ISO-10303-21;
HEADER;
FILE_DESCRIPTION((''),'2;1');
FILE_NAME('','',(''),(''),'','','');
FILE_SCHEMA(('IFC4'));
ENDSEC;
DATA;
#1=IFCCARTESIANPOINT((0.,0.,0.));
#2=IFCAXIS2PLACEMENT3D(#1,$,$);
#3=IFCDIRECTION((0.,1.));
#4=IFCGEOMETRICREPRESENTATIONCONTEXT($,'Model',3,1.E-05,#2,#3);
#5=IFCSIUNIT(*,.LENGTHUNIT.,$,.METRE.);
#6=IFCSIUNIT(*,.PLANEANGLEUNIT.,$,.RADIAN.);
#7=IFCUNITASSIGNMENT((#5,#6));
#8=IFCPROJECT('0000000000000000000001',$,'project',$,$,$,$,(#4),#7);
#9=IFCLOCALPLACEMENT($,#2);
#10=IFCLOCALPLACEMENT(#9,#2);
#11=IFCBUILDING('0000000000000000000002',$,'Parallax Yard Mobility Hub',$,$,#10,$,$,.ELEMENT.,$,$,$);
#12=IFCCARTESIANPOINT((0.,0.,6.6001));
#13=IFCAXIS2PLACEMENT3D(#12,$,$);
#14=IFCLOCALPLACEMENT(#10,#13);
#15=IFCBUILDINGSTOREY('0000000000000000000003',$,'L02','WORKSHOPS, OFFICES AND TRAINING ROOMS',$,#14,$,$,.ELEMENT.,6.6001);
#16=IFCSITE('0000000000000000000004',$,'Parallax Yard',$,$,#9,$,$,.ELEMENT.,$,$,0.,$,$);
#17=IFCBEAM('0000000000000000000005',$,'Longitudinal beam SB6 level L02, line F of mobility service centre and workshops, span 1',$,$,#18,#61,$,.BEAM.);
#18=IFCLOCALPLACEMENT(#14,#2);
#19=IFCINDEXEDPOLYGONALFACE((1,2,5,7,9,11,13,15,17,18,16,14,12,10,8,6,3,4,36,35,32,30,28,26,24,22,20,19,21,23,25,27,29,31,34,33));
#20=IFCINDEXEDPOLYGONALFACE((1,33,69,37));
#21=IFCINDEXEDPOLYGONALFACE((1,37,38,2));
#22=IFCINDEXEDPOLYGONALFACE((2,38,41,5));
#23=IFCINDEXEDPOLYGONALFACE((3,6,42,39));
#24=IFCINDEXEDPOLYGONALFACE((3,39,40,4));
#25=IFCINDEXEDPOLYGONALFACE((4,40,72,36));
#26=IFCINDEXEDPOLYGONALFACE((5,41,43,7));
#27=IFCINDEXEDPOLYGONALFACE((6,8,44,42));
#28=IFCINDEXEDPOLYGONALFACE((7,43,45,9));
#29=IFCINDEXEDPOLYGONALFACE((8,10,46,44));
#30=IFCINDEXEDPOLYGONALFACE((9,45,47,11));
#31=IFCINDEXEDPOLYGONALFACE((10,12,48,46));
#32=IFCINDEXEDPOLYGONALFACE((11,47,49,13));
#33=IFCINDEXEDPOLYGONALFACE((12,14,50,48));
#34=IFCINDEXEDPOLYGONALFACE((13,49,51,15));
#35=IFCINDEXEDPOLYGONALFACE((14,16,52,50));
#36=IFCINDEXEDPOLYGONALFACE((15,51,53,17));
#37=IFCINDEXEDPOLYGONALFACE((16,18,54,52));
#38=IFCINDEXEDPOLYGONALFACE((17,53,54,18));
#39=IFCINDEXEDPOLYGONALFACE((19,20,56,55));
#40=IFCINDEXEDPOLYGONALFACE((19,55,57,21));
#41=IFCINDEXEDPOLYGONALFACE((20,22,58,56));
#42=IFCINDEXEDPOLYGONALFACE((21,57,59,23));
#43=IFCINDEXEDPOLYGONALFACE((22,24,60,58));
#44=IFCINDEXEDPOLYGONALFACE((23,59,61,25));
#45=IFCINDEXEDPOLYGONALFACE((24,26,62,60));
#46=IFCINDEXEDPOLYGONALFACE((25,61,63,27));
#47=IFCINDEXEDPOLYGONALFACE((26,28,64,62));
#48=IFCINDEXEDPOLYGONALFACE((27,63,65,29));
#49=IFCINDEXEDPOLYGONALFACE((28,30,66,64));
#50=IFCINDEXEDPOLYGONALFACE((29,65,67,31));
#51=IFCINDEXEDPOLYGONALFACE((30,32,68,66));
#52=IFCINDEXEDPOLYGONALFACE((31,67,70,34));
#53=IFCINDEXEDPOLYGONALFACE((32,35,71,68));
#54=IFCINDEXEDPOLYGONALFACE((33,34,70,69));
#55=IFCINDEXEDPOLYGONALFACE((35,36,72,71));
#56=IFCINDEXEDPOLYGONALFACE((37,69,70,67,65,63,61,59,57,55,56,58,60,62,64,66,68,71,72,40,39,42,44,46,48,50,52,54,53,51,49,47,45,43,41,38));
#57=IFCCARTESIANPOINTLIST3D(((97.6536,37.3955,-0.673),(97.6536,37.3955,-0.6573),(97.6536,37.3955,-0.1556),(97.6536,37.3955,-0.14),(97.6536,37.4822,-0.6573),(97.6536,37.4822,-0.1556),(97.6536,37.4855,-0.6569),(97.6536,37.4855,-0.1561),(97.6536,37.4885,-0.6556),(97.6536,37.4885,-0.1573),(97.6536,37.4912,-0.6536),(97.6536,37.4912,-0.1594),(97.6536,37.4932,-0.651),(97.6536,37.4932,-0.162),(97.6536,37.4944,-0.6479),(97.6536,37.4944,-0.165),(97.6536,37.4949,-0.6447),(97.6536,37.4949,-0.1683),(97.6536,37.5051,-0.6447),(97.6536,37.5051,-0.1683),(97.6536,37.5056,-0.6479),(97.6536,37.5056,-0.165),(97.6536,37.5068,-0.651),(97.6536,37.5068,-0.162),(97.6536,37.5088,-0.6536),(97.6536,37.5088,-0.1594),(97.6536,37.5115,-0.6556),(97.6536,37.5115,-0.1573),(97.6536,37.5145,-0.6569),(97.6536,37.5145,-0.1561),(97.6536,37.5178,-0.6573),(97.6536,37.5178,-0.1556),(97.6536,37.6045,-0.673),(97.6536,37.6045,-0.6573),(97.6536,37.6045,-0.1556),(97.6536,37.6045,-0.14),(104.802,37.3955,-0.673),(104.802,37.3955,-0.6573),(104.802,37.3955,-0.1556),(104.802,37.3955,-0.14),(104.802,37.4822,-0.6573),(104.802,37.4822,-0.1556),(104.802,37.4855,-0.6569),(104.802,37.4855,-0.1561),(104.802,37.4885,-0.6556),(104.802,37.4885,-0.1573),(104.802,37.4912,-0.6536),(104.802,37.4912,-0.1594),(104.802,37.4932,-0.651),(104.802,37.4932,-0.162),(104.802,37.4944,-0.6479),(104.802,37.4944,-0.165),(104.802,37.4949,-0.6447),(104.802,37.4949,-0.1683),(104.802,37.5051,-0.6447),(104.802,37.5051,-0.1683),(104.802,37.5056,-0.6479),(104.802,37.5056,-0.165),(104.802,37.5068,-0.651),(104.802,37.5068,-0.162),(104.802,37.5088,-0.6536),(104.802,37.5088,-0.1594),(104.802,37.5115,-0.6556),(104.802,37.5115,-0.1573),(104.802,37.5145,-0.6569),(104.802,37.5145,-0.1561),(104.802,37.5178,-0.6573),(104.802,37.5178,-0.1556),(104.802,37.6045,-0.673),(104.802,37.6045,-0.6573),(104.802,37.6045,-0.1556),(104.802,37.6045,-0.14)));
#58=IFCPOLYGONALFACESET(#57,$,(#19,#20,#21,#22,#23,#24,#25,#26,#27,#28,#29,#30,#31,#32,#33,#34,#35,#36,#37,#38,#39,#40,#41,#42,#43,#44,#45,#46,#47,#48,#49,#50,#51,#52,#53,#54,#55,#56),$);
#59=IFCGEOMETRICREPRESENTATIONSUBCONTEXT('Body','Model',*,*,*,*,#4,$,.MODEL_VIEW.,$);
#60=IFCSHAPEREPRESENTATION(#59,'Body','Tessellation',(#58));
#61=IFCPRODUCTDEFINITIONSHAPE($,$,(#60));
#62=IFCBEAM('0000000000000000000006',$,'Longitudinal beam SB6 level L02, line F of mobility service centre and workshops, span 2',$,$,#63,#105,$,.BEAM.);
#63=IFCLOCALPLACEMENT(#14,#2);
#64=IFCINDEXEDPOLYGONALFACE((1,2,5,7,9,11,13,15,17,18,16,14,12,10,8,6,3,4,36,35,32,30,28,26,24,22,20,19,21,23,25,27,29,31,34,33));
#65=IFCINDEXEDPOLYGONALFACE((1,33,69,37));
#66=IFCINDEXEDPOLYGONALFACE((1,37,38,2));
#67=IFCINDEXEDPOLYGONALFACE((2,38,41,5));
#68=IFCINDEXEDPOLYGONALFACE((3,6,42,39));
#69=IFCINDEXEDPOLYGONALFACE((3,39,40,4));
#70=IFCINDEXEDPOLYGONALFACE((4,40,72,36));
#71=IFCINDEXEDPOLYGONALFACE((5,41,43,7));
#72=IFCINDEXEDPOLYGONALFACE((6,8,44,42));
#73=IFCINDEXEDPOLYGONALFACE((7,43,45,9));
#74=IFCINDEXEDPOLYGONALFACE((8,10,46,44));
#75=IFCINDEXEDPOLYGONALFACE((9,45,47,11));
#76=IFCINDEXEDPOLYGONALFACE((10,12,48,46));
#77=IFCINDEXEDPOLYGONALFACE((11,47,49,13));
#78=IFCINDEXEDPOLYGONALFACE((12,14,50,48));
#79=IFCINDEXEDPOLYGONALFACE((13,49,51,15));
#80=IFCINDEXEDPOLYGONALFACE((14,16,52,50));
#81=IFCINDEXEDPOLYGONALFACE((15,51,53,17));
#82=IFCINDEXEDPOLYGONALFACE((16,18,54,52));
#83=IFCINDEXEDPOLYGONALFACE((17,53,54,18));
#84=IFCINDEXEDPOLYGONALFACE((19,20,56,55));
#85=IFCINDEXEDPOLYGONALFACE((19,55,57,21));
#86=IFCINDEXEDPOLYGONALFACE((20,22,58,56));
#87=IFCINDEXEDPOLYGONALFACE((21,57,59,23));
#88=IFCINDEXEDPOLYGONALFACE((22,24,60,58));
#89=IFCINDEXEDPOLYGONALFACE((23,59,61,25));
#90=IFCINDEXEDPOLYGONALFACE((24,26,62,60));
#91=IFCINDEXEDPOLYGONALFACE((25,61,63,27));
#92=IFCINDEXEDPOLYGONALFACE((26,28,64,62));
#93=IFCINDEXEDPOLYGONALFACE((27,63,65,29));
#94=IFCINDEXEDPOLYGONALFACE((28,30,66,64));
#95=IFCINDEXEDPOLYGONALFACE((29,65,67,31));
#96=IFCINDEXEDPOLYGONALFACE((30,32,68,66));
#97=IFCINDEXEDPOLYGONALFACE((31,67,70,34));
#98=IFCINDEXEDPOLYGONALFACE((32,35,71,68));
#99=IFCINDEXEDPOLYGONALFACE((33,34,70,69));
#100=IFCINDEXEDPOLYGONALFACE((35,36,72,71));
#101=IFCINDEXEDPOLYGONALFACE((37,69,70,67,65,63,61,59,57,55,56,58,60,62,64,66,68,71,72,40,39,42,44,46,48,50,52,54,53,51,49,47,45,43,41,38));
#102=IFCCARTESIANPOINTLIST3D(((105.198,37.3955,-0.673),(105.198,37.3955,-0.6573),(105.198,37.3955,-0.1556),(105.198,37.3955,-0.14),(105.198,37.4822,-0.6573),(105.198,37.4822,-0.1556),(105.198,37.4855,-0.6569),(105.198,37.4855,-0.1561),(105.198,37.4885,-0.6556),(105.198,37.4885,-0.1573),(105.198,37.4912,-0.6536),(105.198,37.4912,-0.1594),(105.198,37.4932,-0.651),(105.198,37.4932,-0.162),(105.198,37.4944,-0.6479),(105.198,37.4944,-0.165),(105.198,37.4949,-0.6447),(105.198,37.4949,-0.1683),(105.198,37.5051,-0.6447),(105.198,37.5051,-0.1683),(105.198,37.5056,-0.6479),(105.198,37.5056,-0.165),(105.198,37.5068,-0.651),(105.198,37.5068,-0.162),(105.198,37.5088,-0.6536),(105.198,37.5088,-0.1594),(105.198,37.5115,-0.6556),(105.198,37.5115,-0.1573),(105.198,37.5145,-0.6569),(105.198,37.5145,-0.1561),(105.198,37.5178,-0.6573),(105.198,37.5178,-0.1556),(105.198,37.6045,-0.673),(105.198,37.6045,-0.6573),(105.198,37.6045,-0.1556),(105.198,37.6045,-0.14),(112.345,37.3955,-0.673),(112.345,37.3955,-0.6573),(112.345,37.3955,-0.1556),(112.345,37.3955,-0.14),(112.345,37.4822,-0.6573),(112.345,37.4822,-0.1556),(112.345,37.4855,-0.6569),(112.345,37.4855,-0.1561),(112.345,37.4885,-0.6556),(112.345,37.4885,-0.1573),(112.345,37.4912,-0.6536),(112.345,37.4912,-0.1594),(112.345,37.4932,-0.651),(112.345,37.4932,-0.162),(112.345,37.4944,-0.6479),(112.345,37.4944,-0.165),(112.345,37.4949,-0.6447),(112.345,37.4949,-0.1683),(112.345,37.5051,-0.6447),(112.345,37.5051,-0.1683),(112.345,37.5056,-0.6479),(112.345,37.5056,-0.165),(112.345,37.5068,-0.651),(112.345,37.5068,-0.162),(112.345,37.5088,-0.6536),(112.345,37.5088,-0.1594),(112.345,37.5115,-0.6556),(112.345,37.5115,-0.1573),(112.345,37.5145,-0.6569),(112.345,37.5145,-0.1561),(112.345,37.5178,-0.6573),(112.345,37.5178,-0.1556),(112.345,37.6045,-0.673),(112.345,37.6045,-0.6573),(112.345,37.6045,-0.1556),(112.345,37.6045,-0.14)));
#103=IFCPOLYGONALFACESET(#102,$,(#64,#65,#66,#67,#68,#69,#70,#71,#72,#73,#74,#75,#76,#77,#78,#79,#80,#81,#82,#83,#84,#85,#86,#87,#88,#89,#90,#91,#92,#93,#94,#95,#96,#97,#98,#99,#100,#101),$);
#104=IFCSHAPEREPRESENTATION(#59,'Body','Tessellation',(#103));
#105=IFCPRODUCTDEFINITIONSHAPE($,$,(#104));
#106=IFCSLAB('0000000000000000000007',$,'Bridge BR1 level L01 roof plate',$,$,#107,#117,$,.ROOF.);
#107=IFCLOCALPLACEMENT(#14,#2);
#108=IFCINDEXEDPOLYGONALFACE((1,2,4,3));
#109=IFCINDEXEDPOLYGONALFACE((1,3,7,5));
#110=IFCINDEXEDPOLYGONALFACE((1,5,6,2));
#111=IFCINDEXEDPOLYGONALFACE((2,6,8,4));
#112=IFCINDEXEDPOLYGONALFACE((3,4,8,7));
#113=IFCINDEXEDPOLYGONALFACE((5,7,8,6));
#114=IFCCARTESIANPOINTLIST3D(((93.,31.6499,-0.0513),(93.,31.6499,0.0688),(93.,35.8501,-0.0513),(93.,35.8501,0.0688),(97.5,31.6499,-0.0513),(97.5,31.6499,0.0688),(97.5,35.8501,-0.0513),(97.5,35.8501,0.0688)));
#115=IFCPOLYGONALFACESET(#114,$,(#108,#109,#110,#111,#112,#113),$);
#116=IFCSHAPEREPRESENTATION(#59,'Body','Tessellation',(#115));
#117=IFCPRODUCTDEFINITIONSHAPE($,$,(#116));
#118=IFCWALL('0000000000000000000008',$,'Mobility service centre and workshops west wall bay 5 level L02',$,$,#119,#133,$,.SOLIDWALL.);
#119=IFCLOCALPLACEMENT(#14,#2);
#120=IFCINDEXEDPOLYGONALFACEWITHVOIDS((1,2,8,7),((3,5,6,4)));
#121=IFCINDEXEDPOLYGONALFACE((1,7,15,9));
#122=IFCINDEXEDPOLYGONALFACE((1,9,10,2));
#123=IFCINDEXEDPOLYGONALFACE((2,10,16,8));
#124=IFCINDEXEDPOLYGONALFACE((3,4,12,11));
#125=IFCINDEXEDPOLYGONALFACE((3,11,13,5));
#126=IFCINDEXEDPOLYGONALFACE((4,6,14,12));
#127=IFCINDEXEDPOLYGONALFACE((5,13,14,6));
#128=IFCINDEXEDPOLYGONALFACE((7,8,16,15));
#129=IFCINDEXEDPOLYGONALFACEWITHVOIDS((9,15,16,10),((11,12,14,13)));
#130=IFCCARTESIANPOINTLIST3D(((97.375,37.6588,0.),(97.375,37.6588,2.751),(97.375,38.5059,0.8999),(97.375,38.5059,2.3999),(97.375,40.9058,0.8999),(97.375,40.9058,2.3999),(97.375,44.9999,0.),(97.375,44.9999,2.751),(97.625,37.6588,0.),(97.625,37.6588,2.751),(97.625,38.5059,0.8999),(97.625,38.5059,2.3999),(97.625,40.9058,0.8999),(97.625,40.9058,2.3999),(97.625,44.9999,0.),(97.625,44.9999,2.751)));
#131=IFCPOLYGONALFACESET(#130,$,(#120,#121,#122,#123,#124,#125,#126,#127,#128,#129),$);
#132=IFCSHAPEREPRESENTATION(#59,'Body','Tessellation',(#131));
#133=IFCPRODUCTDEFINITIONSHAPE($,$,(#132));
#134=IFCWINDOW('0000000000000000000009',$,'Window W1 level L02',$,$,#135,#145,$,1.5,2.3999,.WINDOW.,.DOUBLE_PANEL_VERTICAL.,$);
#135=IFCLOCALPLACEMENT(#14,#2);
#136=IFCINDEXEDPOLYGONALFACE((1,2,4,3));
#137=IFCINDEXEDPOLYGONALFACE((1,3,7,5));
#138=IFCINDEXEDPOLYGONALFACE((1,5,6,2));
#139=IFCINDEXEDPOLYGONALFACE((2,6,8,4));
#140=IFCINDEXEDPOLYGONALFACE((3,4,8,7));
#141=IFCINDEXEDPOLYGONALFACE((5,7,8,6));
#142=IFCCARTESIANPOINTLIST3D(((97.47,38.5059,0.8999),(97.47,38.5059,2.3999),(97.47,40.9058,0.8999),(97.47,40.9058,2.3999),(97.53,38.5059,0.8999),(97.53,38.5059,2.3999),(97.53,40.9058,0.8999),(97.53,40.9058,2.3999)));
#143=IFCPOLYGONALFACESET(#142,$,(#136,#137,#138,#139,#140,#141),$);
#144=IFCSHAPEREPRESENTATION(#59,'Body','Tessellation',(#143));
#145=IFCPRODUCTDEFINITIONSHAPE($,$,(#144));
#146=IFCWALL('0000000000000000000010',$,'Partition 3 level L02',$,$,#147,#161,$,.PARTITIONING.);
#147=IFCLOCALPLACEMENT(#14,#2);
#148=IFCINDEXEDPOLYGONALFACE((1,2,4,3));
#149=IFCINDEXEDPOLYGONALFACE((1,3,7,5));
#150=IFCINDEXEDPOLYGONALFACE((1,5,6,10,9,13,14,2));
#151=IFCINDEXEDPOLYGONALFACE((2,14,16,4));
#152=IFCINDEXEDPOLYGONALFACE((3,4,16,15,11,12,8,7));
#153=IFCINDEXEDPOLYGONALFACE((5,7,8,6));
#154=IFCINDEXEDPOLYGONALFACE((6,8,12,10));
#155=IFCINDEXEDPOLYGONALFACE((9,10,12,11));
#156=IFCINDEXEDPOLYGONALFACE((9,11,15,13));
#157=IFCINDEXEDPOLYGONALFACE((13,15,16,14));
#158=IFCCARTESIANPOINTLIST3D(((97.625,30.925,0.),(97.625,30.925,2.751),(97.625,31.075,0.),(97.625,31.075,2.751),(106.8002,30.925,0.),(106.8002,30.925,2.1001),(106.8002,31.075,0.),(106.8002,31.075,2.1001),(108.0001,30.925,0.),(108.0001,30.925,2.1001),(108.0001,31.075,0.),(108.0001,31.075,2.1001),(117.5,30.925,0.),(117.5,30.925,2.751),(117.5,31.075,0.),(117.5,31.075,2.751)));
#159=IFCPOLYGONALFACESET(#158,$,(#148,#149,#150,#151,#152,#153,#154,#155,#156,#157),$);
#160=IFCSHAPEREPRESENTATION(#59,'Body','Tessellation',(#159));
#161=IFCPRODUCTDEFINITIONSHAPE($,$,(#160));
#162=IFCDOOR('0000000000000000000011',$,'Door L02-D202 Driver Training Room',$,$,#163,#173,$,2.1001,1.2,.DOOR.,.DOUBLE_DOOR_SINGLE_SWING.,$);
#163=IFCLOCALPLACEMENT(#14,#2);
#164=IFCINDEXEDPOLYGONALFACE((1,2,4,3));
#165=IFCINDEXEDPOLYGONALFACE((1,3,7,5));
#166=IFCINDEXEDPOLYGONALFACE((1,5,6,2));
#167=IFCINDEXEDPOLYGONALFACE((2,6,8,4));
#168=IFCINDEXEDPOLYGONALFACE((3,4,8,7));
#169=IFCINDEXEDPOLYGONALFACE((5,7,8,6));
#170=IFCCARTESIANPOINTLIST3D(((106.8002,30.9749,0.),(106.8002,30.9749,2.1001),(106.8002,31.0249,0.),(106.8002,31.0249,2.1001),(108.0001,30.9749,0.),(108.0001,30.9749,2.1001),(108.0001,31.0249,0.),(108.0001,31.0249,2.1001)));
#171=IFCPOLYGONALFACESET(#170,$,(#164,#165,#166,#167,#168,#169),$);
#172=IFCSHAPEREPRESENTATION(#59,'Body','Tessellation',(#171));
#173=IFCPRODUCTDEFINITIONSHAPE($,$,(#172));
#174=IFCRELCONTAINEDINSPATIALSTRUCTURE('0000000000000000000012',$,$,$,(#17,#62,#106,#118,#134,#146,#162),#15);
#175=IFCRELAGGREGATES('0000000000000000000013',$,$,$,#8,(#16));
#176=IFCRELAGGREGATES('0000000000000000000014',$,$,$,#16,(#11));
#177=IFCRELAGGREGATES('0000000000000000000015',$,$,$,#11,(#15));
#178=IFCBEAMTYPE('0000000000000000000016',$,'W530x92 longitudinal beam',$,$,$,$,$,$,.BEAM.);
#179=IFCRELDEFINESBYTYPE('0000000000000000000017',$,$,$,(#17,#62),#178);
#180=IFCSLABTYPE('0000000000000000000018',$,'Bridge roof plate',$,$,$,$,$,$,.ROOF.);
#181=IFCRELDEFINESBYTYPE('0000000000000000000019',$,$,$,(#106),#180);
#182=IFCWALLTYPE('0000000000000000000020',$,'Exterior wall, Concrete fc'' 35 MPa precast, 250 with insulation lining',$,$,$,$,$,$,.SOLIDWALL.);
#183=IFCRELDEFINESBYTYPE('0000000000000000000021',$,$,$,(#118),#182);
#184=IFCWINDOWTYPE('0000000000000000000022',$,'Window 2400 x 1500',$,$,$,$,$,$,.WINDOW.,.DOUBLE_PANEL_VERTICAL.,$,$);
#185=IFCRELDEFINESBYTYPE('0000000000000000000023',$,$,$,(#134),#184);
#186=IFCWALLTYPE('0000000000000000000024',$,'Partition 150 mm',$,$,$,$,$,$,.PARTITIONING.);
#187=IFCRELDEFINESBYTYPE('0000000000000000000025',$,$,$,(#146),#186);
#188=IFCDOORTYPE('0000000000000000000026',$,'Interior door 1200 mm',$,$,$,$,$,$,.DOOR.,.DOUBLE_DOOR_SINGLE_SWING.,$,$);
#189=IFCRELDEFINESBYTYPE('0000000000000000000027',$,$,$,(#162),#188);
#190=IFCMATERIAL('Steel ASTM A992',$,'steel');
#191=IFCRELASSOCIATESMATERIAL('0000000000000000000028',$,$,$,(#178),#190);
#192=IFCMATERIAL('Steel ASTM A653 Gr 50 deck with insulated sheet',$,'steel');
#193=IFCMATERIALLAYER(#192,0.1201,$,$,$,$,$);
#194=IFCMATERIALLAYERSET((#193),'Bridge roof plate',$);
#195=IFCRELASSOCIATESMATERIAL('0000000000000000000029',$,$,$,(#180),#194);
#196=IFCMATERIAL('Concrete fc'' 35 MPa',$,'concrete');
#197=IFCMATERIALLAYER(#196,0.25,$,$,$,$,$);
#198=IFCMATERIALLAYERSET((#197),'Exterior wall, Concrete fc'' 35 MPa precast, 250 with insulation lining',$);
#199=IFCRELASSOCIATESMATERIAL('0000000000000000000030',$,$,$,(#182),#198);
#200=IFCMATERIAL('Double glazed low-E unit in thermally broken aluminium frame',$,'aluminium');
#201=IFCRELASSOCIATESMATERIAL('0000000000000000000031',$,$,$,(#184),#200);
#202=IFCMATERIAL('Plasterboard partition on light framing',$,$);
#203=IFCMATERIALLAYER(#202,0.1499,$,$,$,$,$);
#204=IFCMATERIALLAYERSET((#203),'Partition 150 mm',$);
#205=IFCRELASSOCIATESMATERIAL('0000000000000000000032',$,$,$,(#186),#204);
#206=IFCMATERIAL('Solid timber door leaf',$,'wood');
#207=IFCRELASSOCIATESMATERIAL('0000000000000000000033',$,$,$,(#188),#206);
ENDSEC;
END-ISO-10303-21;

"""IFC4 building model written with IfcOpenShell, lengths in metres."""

from ifc_helpers import new_model, si_unit, direction, frame, frame_2d, origin, origin_2d, place, context, subcontext, project, spatial, polyline, rectangle, i_section, outline, extrude, material, layer, layer_set, material_profile, profile_set, type_object, element, fill, save


model = new_model("IFC4")

# Units and contexts
model_context = context("Model", 3, precision=1e-05, world=origin(), true_north=direction((0.0, 1.0)))
body_context = subcontext(model_context, "Body", "Model", "MODEL_VIEW")
ifc_project = project(units=[si_unit("LENGTHUNIT", "METRE"), si_unit("PLANEANGLEUNIT", "RADIAN")], contexts=[model_context])

# Site, building, storey
site_placement = place(None, origin())
site = spatial("IfcSite", under=ifc_project, at=site_placement, Name="Parallax Yard", CompositionType="ELEMENT", RefElevation=0.0)
building_placement = place(site_placement, origin())
building = spatial("IfcBuilding", under=site, at=building_placement, Name="Parallax Yard Mobility Hub", CompositionType="ELEMENT")
storey_placement = place(building_placement, frame((0.0, 0.0, 6.6001)))
storey = spatial("IfcBuildingStorey", under=building, at=storey_placement, Name="L02", Description="WORKSHOPS, OFFICES AND TRAINING ROOMS", CompositionType="ELEMENT", Elevation=6.6001)

# Shared definitions
ifc_material_1 = material(Name="Steel ASTM A992", Category="steel")

# Beams
ifc_material_profile_1 = material_profile(ifc_material_1, i_section(OverallWidth=0.209, OverallDepth=0.533, WebThickness=0.0103, FlangeThickness=0.0156, FilletRadius=0.0127, at=origin_2d()), Name="W530x92")
ifc_profile_set_1 = profile_set([ifc_material_profile_1], Name="Steel ASTM A992")
beam_type_1 = type_object("IfcBeamType", Name="W530x92 longitudinal beam", PredefinedType="BEAM", material=ifc_profile_set_1)
beam_1_placement = place(storey_placement, frame((97.6536, 37.5, -0.4065), z_axis=(1.0, 0.0, 0.0), x_axis=(0.0, 1.0, 0.0)))
element("IfcBeam", 1, at=beam_1_placement, inside=storey, type_object=beam_type_1, Name="Longitudinal beam SB6 level L02, line F of mobility service centre and workshops, span 1", PredefinedType="BEAM", context=body_context, shape_type="SweptSolid", body=[
    extrude(i_section(OverallWidth=0.209, OverallDepth=0.533, WebThickness=0.0103, FlangeThickness=0.0156, FilletRadius=0.0127, at=origin_2d()), origin(), (0.0, 0.0, 1.0), 7.1484),
])
beam_2_placement = place(storey_placement, frame((105.198, 37.5, -0.4065), z_axis=(1.0, 0.0, 0.0), x_axis=(0.0, 1.0, 0.0)))
element("IfcBeam", 2, at=beam_2_placement, inside=storey, type_object=beam_type_1, Name="Longitudinal beam SB6 level L02, line F of mobility service centre and workshops, span 2", PredefinedType="BEAM", context=body_context, shape_type="SweptSolid", body=[
    extrude(i_section(OverallWidth=0.209, OverallDepth=0.533, WebThickness=0.0103, FlangeThickness=0.0156, FilletRadius=0.0127, at=origin_2d()), origin(), (0.0, 0.0, 1.0), 7.147),
])

# Slab
ifc_material_2 = material(Name="Steel ASTM A653 Gr 50 deck with insulated sheet", Category="steel")
ifc_layer_1 = layer(ifc_material_2, 0.1201)
ifc_layer_set_1 = layer_set([ifc_layer_1], Name="Bridge roof plate")
slab_type = type_object("IfcSlabType", Name="Bridge roof plate", PredefinedType="ROOF", material=ifc_layer_set_1)
placement = place(building_placement, frame((0.0, 0.0, 3.3)))
slab_placement = place(placement, frame((93.0, 31.6499, 3.3689), z_axis=(0.0, 0.0, 1.0), x_axis=(1.0, 0.0, 0.0)))
element("IfcSlab", 3, at=slab_placement, inside=storey, type_object=slab_type, Name="Bridge BR1 level L01 roof plate", PredefinedType="ROOF", context=body_context, shape_type="SweptSolid", body=[
    extrude(outline(polyline([(0.0, 0.0), (4.5, 0.0), (4.5, 4.2002), (0.0, 4.2002), (0.0, 0.0)])), origin(), (0.0, 0.0, -1.0), 0.1201),
])

# Wall, opening, window
ifc_material_3 = material(Name="Concrete fc' 35 MPa", Category="concrete")
ifc_layer_2 = layer(ifc_material_3, 0.25)
ifc_layer_set_2 = layer_set([ifc_layer_2], Name="Exterior wall, Concrete fc' 35 MPa precast, 250 with insulation lining")
wall_type_1 = type_object("IfcWallType", Name="Exterior wall, Concrete fc' 35 MPa precast, 250 with insulation lining", PredefinedType="SOLIDWALL", material=ifc_layer_set_2)
wall_1_placement = place(storey_placement, frame((97.5, 37.6589, 0.0), z_axis=(0.0, 0.0, 1.0), x_axis=(0.0, 1.0, 0.0)))
wall_1 = element("IfcWall", 4, at=wall_1_placement, inside=storey, type_object=wall_type_1, Name="Mobility service centre and workshops west wall bay 5 level L02", PredefinedType="SOLIDWALL", context=body_context, shape_type="SweptSolid", body=[
    extrude(rectangle(XDim=7.3411, YDim=0.25, at=frame_2d((3.6704, 0.0))), origin(), (0.0, 0.0, 1.0), 2.751),
])
opening_1_placement = place(wall_1_placement, frame((0.8469, 0.0, 0.8999)))
opening_1 = element("IfcOpeningElement", 5, at=opening_1_placement, cuts=wall_1, PredefinedType="OPENING", context=body_context, shape_type="SweptSolid", body=[
    extrude(rectangle(XDim=2.3999, YDim=1.5, at=frame_2d((1.2, 0.75))), frame((0.0, 0.135, 0.0), z_axis=(0.0, -1.0, 0.0), x_axis=(1.0, 0.0, 0.0)), (0.0, 0.0, 1.0), 0.27),
])
ifc_material_4 = material(Name="Double glazed low-E unit in thermally broken aluminium frame", Category="aluminium")
window_type = type_object("IfcWindowType", Name="Window 2400 x 1500", PartitioningType="DOUBLE_PANEL_VERTICAL", PredefinedType="WINDOW", material=ifc_material_4)
window_placement = place(opening_1_placement, origin())
window = element("IfcWindow", 6, at=window_placement, inside=storey, type_object=window_type, Name="Window W1 level L02", OverallHeight=1.5, OverallWidth=2.3999, PartitioningType="DOUBLE_PANEL_VERTICAL", PredefinedType="WINDOW", context=body_context, shape_type="SweptSolid", body=[
    extrude(rectangle(XDim=2.3999, YDim=1.5, at=frame_2d((1.2, 0.75))), frame((0.0, 0.03, 0.0), z_axis=(0.0, -1.0, 0.0), x_axis=(1.0, 0.0, 0.0)), (0.0, 0.0, 1.0), 0.0601),
])
fill(opening_1, window)

# Wall, opening, door
ifc_material_5 = material(Name="Plasterboard partition on light framing")
ifc_layer_3 = layer(ifc_material_5, 0.1499)
ifc_layer_set_3 = layer_set([ifc_layer_3], Name="Partition 150 mm")
wall_type_2 = type_object("IfcWallType", Name="Partition 150 mm", PredefinedType="PARTITIONING", material=ifc_layer_set_3)
wall_2_placement = place(storey_placement, frame((97.625, 31.0, 0.0), z_axis=(0.0, 0.0, 1.0), x_axis=(1.0, 0.0, 0.0)))
wall_2 = element("IfcWall", 7, at=wall_2_placement, inside=storey, type_object=wall_type_2, Name="Partition 3 level L02", PredefinedType="PARTITIONING", context=body_context, shape_type="SweptSolid", body=[
    extrude(rectangle(XDim=19.875, YDim=0.1499, at=frame_2d((9.9375, 0.0))), origin(), (0.0, 0.0, 1.0), 2.751),
])
opening_2_placement = place(wall_2_placement, frame((9.175, 0.0, 0.0)))
opening_2 = element("IfcOpeningElement", 8, at=opening_2_placement, cuts=wall_2, PredefinedType="OPENING", context=body_context, shape_type="SweptSolid", body=[
    extrude(rectangle(XDim=1.2, YDim=2.1001, at=frame_2d((0.6001, 1.05))), frame((0.0, 0.085, 0.0), z_axis=(0.0, -1.0, 0.0), x_axis=(1.0, 0.0, 0.0)), (0.0, 0.0, 1.0), 0.1699),
])
ifc_material_6 = material(Name="Solid timber door leaf", Category="wood")
door_type_1 = type_object("IfcDoorType", Name="Interior door 1200 mm", OperationType="DOUBLE_DOOR_SINGLE_SWING", PredefinedType="DOOR", material=ifc_material_6)
door_1_placement = place(opening_2_placement, origin())
door_1 = element("IfcDoor", 9, at=door_1_placement, inside=storey, type_object=door_type_1, Name="Door L02-D202 Driver Training Room", OperationType="DOUBLE_DOOR_SINGLE_SWING", OverallHeight=2.1001, OverallWidth=1.2, PredefinedType="DOOR", context=body_context, shape_type="SweptSolid", body=[
    extrude(rectangle(XDim=1.2, YDim=2.1001, at=frame_2d((0.6001, 1.05))), frame((0.0, 0.0249, 0.0), z_axis=(0.0, -1.0, 0.0), x_axis=(1.0, 0.0, 0.0)), (0.0, 0.0, 1.0), 0.05),
])
fill(opening_2, door_1)

save(model, "model.ifc")
